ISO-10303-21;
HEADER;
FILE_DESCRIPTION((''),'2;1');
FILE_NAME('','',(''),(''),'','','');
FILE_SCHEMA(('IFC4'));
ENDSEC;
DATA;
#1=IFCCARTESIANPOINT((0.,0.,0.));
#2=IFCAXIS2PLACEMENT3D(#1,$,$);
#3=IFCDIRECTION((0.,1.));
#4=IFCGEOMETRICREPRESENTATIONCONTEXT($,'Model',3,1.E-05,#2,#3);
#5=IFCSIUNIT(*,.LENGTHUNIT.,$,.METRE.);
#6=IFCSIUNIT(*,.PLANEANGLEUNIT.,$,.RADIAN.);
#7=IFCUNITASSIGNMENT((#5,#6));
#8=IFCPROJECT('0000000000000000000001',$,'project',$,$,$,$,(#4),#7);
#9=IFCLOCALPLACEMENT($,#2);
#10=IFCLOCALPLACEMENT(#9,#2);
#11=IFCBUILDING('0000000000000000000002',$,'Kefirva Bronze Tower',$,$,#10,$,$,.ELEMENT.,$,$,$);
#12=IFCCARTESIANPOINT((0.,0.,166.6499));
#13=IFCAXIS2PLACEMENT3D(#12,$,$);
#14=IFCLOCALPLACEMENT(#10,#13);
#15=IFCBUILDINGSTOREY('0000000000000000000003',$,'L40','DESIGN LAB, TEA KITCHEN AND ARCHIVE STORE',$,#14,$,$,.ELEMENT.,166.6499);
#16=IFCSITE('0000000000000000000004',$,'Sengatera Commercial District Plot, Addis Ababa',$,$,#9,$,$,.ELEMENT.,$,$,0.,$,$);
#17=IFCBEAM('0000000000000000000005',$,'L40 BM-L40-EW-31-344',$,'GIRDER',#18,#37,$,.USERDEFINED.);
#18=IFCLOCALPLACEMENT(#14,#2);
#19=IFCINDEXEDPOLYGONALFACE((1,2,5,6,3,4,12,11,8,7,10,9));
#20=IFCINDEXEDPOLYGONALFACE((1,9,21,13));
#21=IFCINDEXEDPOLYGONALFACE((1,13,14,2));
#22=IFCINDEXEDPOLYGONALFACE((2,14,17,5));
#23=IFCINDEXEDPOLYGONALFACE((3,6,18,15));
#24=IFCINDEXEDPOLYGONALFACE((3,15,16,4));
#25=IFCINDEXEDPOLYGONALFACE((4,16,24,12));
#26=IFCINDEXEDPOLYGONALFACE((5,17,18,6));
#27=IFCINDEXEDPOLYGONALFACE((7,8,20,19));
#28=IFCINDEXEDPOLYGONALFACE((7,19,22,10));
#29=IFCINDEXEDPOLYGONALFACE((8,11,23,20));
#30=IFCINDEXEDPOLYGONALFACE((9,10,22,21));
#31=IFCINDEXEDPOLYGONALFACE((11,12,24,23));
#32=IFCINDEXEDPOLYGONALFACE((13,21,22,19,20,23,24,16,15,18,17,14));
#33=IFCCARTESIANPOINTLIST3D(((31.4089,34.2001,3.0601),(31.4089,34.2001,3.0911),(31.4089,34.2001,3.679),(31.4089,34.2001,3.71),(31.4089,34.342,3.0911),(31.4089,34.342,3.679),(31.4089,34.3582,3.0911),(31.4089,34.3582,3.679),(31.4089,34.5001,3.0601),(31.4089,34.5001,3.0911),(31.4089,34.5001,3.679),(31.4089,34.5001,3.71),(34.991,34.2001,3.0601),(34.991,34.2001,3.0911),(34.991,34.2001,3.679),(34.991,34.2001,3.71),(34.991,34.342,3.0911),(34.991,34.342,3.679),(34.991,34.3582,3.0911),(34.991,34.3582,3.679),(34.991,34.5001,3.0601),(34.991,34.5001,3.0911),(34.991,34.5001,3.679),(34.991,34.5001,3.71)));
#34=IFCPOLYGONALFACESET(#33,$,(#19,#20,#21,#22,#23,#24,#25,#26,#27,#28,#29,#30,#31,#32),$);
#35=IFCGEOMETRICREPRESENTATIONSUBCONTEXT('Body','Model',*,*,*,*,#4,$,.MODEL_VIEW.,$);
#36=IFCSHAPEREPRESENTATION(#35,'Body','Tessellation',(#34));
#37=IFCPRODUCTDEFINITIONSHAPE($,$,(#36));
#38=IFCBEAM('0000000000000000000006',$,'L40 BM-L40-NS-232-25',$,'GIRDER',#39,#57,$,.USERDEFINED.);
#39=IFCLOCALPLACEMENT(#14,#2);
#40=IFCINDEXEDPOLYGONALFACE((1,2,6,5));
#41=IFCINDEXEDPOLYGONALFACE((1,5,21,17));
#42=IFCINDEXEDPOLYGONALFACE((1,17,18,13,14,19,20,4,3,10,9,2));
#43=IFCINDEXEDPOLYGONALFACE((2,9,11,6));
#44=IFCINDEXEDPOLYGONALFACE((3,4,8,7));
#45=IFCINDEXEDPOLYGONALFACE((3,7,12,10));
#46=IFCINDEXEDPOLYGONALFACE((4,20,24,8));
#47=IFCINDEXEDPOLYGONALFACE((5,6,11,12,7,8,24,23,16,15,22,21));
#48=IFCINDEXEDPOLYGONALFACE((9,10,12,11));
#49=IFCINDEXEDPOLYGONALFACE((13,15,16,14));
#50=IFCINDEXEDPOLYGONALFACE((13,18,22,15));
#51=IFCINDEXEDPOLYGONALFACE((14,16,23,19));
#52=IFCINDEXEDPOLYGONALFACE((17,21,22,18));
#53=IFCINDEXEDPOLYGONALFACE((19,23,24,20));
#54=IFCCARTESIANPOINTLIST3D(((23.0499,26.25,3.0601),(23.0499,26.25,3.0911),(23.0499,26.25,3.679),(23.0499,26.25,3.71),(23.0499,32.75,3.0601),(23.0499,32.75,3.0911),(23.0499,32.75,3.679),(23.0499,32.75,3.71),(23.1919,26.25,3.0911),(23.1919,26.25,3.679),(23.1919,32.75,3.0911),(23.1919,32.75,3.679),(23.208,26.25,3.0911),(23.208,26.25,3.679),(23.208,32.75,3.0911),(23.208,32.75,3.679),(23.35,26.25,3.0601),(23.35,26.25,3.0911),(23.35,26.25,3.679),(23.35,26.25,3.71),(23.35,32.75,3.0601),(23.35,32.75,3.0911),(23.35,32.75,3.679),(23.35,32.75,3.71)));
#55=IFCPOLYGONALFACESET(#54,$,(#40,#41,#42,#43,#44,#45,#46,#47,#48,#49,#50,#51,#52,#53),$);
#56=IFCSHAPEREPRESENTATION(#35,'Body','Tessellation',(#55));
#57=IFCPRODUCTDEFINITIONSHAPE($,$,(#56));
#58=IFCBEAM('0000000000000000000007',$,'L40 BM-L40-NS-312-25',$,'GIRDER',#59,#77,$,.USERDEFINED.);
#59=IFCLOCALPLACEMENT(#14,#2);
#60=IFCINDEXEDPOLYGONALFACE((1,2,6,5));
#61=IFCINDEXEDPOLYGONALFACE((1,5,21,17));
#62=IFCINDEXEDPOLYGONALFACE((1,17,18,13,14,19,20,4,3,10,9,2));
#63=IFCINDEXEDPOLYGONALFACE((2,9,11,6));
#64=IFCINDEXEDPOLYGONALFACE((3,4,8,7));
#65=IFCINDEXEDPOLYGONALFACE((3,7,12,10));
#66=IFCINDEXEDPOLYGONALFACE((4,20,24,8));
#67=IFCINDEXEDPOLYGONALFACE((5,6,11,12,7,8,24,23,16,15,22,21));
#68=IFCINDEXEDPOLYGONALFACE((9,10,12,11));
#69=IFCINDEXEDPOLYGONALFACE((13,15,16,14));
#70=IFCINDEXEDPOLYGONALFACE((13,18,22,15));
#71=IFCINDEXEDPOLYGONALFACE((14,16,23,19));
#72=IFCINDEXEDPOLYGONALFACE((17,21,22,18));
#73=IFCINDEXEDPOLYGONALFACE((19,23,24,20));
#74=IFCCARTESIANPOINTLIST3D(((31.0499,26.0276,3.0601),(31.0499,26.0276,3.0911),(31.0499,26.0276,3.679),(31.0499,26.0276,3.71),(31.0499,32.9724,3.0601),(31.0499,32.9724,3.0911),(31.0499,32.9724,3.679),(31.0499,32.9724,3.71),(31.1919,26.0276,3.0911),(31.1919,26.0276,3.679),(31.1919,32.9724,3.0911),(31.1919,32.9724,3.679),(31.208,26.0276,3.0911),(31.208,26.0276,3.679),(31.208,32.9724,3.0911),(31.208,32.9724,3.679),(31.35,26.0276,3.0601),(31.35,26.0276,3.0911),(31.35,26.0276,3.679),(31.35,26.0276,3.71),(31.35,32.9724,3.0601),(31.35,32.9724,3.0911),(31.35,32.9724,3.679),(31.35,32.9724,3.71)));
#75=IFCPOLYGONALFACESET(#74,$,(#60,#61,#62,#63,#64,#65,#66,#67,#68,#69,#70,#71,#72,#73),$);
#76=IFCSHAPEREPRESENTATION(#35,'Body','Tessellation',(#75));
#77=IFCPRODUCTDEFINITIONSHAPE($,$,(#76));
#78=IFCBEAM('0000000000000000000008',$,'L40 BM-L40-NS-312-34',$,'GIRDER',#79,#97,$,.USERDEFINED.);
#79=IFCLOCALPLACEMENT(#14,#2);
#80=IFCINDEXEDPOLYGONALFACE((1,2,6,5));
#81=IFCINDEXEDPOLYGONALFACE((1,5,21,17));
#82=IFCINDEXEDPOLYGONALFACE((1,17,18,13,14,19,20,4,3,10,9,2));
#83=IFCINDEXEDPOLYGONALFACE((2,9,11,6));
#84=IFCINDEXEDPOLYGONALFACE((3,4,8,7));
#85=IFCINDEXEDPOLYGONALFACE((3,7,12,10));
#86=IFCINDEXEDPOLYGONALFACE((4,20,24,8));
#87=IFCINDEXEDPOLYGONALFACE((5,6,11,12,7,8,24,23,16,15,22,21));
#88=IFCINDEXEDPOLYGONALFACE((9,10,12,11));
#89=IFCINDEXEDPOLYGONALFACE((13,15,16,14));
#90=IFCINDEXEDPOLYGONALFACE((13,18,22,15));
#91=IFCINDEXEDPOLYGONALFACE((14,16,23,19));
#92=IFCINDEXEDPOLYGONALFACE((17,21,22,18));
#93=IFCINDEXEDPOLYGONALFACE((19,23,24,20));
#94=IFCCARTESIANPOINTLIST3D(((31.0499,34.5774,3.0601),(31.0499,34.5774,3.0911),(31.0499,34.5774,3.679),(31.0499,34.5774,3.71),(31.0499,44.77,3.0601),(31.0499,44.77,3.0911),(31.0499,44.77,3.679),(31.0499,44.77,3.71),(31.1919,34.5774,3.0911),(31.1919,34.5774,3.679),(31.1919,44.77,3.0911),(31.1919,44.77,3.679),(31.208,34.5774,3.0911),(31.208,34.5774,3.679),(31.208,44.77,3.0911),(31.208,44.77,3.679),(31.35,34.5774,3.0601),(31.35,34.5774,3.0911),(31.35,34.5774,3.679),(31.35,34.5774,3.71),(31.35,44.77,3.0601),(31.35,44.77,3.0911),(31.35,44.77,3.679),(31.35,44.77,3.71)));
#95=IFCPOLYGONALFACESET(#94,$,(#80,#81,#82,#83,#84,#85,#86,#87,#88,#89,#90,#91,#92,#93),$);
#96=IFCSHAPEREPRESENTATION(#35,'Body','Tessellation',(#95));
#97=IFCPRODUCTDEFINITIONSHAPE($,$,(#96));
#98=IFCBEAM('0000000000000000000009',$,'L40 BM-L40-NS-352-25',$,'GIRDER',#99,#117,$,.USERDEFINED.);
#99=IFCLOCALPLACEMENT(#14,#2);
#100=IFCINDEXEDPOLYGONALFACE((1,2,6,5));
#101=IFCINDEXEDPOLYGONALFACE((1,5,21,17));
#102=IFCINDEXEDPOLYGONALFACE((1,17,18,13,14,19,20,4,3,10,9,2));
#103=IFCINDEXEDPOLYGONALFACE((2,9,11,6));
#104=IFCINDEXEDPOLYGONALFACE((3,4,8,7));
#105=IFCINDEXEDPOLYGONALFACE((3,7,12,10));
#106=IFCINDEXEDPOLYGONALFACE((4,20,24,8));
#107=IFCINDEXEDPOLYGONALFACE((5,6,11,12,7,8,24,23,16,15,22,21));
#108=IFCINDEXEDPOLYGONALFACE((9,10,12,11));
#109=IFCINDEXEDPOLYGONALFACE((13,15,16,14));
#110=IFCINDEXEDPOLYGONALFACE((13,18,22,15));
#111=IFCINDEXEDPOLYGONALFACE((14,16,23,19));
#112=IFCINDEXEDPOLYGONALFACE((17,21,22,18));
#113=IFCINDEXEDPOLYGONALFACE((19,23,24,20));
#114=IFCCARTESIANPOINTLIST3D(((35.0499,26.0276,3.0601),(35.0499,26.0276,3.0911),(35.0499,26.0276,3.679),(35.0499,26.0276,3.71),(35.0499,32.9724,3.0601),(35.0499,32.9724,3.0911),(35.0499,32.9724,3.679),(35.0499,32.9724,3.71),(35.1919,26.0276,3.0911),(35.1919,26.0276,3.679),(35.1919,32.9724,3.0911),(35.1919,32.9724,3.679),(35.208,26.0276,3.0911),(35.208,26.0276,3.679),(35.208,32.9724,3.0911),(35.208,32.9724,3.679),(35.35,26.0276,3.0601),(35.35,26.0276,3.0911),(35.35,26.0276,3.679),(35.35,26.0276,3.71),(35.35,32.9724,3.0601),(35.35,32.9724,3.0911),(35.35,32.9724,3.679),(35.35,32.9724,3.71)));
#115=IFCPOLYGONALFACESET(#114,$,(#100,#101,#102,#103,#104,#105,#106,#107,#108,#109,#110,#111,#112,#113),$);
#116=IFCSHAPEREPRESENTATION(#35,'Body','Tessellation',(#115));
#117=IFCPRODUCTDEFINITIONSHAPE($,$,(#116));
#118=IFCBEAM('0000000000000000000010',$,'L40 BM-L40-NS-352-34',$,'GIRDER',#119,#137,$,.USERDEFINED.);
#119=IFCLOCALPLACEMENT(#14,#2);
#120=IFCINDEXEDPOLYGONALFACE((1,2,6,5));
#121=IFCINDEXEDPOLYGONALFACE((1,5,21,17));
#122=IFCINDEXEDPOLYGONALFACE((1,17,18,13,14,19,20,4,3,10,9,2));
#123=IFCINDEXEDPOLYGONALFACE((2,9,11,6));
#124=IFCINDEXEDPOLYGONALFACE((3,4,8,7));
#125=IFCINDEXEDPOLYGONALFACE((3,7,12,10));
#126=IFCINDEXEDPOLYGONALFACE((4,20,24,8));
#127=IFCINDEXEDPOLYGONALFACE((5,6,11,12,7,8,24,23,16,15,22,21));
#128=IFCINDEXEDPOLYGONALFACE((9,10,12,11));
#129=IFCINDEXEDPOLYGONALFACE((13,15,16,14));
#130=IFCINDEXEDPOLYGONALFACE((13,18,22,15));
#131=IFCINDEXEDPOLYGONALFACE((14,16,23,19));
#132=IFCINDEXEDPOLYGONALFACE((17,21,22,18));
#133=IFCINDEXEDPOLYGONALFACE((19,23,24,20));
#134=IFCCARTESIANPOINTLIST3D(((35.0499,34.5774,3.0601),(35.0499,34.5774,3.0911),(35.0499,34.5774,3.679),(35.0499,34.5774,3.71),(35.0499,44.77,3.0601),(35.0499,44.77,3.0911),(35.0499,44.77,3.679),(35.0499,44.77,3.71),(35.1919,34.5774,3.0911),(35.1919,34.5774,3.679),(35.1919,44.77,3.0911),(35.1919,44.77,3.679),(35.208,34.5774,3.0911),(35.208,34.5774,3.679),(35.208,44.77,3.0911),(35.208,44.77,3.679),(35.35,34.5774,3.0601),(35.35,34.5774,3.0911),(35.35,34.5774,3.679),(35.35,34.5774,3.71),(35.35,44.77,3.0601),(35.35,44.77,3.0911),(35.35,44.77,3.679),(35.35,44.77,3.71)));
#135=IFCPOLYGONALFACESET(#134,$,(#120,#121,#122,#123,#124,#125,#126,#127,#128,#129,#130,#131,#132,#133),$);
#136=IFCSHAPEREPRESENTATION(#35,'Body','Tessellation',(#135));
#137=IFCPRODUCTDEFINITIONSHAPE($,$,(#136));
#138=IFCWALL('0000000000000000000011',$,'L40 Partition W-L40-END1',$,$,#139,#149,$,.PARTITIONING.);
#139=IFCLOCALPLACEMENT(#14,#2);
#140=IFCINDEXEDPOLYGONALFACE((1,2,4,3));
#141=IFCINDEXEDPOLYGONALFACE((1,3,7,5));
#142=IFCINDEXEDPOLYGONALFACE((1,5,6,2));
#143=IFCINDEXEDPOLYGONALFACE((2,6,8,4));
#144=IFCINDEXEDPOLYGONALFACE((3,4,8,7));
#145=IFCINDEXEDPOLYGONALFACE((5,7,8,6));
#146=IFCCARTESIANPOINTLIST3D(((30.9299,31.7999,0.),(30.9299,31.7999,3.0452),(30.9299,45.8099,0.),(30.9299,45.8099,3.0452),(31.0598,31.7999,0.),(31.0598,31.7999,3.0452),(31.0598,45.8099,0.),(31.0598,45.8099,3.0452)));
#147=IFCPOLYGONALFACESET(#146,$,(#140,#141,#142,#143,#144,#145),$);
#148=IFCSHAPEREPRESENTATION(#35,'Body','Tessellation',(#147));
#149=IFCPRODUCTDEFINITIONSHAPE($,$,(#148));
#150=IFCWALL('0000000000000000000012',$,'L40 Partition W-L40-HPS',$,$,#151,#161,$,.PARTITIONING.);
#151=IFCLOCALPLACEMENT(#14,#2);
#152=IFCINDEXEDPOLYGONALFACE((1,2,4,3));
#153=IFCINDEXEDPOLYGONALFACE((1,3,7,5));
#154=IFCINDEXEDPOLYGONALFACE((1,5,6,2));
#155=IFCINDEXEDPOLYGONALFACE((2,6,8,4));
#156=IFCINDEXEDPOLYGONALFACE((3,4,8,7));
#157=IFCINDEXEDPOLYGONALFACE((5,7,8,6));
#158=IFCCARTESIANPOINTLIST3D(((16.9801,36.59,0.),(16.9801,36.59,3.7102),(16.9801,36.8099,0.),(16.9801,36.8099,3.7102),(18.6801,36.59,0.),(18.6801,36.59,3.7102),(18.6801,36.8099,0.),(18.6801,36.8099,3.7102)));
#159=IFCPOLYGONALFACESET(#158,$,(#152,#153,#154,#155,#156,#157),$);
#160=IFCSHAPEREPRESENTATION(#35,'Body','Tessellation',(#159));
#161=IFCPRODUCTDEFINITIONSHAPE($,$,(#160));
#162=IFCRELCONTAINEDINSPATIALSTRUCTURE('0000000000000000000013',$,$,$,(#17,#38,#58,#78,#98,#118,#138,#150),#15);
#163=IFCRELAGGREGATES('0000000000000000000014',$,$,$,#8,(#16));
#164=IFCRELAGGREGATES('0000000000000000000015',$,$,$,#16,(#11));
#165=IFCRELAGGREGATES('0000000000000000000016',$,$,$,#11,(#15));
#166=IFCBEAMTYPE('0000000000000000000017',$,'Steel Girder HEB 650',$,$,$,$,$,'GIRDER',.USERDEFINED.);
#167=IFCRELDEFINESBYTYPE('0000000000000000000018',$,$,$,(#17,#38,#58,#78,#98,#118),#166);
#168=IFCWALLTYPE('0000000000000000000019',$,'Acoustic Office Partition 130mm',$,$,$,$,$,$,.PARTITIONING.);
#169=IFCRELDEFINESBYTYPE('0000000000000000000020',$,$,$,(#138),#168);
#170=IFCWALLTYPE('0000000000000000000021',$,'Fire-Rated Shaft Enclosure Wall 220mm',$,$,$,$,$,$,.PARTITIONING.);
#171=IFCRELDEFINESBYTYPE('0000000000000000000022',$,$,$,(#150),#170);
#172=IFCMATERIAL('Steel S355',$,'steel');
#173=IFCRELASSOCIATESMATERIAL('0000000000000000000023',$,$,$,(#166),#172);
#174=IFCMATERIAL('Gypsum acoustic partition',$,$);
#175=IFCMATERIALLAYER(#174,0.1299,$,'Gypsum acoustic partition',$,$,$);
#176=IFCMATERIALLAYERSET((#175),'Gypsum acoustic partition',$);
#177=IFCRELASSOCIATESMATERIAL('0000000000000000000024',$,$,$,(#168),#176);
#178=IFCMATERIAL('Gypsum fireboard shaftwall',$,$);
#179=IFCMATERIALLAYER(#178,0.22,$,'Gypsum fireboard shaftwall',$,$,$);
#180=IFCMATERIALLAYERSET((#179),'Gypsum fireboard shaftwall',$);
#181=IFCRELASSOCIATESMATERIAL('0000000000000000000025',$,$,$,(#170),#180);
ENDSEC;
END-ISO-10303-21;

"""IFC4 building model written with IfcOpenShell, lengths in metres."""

from ifc_helpers import new_model, si_unit, direction, frame, frame_2d, origin, origin_2d, place, context, subcontext, project, spatial, rectangle, i_section, extrude, material, layer, layer_set, material_profile, profile_set, type_object, element, save


model = new_model("IFC4")

# Units and contexts
model_context = context("Model", 3, precision=1e-05, world=origin(), true_north=direction((0.0, 1.0)))
body_context = subcontext(model_context, "Body", "Model", "MODEL_VIEW")
ifc_project = project(units=[si_unit("LENGTHUNIT", "METRE"), si_unit("PLANEANGLEUNIT", "RADIAN")], contexts=[model_context])

# Site, building, storey
site_placement = place(None, origin())
site = spatial("IfcSite", under=ifc_project, at=site_placement, Name="Sengatera Commercial District Plot, Addis Ababa", CompositionType="ELEMENT", RefElevation=0.0)
building_placement = place(site_placement, origin())
building = spatial("IfcBuilding", under=site, at=building_placement, Name="Kefirva Bronze Tower", CompositionType="ELEMENT")
storey_placement = place(building_placement, frame((0.0, 0.0, 166.6499)))
storey = spatial("IfcBuildingStorey", under=building, at=storey_placement, Name="L40", Description="DESIGN LAB, TEA KITCHEN AND ARCHIVE STORE", CompositionType="ELEMENT", Elevation=166.6499)

# Beams
ifc_material_1 = material(Name="Steel S355", Category="steel")
ifc_material_profile_1 = material_profile(ifc_material_1, i_section(OverallWidth=0.3, OverallDepth=0.6499, WebThickness=0.0161, FlangeThickness=0.031, at=origin_2d()), Name="HEB 650")
ifc_profile_set_1 = profile_set([ifc_material_profile_1], Name="Steel S355")
beam_type_1 = type_object("IfcBeamType", Name="Steel Girder HEB 650", ElementType="GIRDER", PredefinedType="USERDEFINED", material=ifc_profile_set_1)
for number, where, z_axis, x_axis, name in (
    (1, (31.4089, 34.3501, 3.385), (1.0, 0.0, 0.0), (0.0, 1.0, 0.0), "L40 BM-L40-EW-31-344"),
):
    element("IfcBeam", number, at=place(storey_placement, frame(where, z_axis=z_axis, x_axis=x_axis)), inside=storey, type_object=beam_type_1, Name=name, ObjectType="GIRDER", PredefinedType="USERDEFINED", context=body_context, shape_type="SweptSolid", body=[
        extrude(i_section(OverallWidth=0.3, OverallDepth=0.6499, WebThickness=0.0161, FlangeThickness=0.031, at=origin_2d()), origin(), (0.0, 0.0, 1.0), 3.582),
    ])
beam_1_placement = place(storey_placement, frame((23.2, 26.25, 3.385), z_axis=(0.0, 1.0, 0.0), x_axis=(-1.0, 0.0, 0.0)))
element("IfcBeam", 2, at=beam_1_placement, inside=storey, type_object=beam_type_1, Name="L40 BM-L40-NS-232-25", ObjectType="GIRDER", PredefinedType="USERDEFINED", context=body_context, shape_type="SweptSolid", body=[
    extrude(i_section(OverallWidth=0.3, OverallDepth=0.6499, WebThickness=0.0161, FlangeThickness=0.031, at=origin_2d()), origin(), (0.0, 0.0, 1.0), 6.5),
])
beam_2_placement = place(storey_placement, frame((31.2, 26.0276, 3.385), z_axis=(0.0, 1.0, 0.0), x_axis=(-1.0, 0.0, 0.0)))
element("IfcBeam", 3, at=beam_2_placement, inside=storey, type_object=beam_type_1, Name="L40 BM-L40-NS-312-25", ObjectType="GIRDER", PredefinedType="USERDEFINED", context=body_context, shape_type="SweptSolid", body=[
    extrude(i_section(OverallWidth=0.3, OverallDepth=0.6499, WebThickness=0.0161, FlangeThickness=0.031, at=origin_2d()), origin(), (0.0, 0.0, 1.0), 6.9448),
])
beam_3_placement = place(storey_placement, frame((31.2, 34.5774, 3.385), z_axis=(0.0, 1.0, 0.0), x_axis=(-1.0, 0.0, 0.0)))
element("IfcBeam", 4, at=beam_3_placement, inside=storey, type_object=beam_type_1, Name="L40 BM-L40-NS-312-34", ObjectType="GIRDER", PredefinedType="USERDEFINED", context=body_context, shape_type="SweptSolid", body=[
    extrude(i_section(OverallWidth=0.3, OverallDepth=0.6499, WebThickness=0.0161, FlangeThickness=0.031, at=origin_2d()), origin(), (0.0, 0.0, 1.0), 10.1926),
])
beam_4_placement = place(storey_placement, frame((35.2, 26.0276, 3.385), z_axis=(0.0, 1.0, 0.0), x_axis=(-1.0, 0.0, 0.0)))
element("IfcBeam", 5, at=beam_4_placement, inside=storey, type_object=beam_type_1, Name="L40 BM-L40-NS-352-25", ObjectType="GIRDER", PredefinedType="USERDEFINED", context=body_context, shape_type="SweptSolid", body=[
    extrude(i_section(OverallWidth=0.3, OverallDepth=0.6499, WebThickness=0.0161, FlangeThickness=0.031, at=origin_2d()), origin(), (0.0, 0.0, 1.0), 6.9448),
])
beam_5_placement = place(storey_placement, frame((35.2, 34.5774, 3.385), z_axis=(0.0, 1.0, 0.0), x_axis=(-1.0, 0.0, 0.0)))
element("IfcBeam", 6, at=beam_5_placement, inside=storey, type_object=beam_type_1, Name="L40 BM-L40-NS-352-34", ObjectType="GIRDER", PredefinedType="USERDEFINED", context=body_context, shape_type="SweptSolid", body=[
    extrude(i_section(OverallWidth=0.3, OverallDepth=0.6499, WebThickness=0.0161, FlangeThickness=0.031, at=origin_2d()), origin(), (0.0, 0.0, 1.0), 10.1926),
])

# Wall
ifc_material_2 = material(Name="Gypsum acoustic partition")
ifc_layer_1 = layer(ifc_material_2, 0.1299, Name="Gypsum acoustic partition")
ifc_layer_set_1 = layer_set([ifc_layer_1], Name="Gypsum acoustic partition")
wall_type_1 = type_object("IfcWallType", Name="Acoustic Office Partition 130mm", PredefinedType="PARTITIONING", material=ifc_layer_set_1)
wall_1_placement = place(storey_placement, frame((30.9949, 31.8, 0.0), z_axis=(0.0, 0.0, 1.0), x_axis=(0.0, 1.0, 0.0)))
element("IfcWall", 7, at=wall_1_placement, inside=storey, type_object=wall_type_1, Name="L40 Partition W-L40-END1", PredefinedType="PARTITIONING", context=body_context, shape_type="SweptSolid", body=[
    extrude(rectangle(XDim=14.01, YDim=0.1299, at=frame_2d((7.0049, 0.0))), origin(), (0.0, 0.0, 1.0), 3.0452),
])

# Shared definitions
ifc_material_3 = material(Name="Gypsum fireboard shaftwall")
ifc_layer_2 = layer(ifc_material_3, 0.22, Name="Gypsum fireboard shaftwall")
ifc_layer_set_2 = layer_set([ifc_layer_2], Name="Gypsum fireboard shaftwall")
wall_type_2 = type_object("IfcWallType", Name="Fire-Rated Shaft Enclosure Wall 220mm", PredefinedType="PARTITIONING", material=ifc_layer_set_2)

# Wall
wall_2_placement = place(storey_placement, frame((16.98, 36.7, 0.0), z_axis=(0.0, 0.0, 1.0), x_axis=(1.0, 0.0, 0.0)))
element("IfcWall", 8, at=wall_2_placement, inside=storey, type_object=wall_type_2, Name="L40 Partition W-L40-HPS", PredefinedType="PARTITIONING", context=body_context, shape_type="SweptSolid", body=[
    extrude(rectangle(XDim=1.7, YDim=0.22, at=frame_2d((0.8501, 0.0))), origin(), (0.0, 0.0, 1.0), 3.7102),
])

save(model, "model.ifc")
